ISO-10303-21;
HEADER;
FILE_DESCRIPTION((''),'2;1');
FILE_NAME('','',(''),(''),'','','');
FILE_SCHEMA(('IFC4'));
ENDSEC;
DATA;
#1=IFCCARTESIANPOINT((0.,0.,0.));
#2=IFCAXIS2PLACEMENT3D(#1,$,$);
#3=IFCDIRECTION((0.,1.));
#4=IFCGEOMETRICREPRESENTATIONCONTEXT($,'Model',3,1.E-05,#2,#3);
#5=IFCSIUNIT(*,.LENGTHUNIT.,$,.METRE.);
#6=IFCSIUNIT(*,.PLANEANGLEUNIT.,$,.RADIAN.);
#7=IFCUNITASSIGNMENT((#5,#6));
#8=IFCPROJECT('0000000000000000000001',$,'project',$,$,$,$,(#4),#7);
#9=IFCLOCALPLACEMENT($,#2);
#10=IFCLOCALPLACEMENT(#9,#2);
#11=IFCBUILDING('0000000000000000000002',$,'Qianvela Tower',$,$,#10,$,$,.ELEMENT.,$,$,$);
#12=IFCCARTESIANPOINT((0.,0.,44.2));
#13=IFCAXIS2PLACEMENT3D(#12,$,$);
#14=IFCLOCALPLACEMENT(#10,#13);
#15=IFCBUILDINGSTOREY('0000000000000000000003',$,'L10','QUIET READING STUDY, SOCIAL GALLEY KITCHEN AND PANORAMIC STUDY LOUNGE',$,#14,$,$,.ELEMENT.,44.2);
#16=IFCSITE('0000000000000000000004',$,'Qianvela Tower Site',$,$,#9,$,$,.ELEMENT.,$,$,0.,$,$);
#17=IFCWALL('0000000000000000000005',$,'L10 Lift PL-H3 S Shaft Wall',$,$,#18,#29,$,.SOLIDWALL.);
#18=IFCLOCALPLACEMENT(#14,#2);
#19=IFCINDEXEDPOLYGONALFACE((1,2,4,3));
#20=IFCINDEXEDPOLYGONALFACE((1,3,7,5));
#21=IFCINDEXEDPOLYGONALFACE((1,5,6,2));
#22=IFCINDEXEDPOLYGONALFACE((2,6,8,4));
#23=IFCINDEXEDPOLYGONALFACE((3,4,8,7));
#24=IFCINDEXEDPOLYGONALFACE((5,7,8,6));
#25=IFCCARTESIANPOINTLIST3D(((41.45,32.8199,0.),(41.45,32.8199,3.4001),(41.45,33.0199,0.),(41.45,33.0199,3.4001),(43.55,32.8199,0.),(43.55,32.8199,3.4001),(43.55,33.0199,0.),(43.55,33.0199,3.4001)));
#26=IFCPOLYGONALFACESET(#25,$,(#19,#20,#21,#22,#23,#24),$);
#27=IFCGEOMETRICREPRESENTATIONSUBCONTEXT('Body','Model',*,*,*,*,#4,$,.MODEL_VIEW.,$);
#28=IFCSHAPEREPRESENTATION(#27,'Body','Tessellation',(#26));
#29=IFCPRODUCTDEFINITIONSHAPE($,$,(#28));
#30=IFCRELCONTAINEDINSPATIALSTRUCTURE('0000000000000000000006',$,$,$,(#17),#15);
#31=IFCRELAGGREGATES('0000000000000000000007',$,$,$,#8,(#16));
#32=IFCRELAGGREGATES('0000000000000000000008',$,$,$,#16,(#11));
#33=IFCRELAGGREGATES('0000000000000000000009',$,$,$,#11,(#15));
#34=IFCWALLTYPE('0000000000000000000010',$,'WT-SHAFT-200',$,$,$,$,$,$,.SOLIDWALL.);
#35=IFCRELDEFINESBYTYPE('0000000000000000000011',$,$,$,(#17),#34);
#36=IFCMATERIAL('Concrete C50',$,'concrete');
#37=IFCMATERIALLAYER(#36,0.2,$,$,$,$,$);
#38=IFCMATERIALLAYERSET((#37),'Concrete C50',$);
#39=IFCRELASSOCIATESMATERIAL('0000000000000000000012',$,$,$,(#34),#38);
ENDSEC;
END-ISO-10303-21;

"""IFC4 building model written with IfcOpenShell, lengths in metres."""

from ifc_helpers import new_model, si_unit, direction, frame, frame_2d, origin, place, context, subcontext, project, spatial, rectangle, extrude, material, layer, layer_set, type_object, element, save


model = new_model("IFC4")

# Units and contexts
model_context = context("Model", 3, precision=1e-05, world=origin(), true_north=direction((0.0, 1.0)))
body_context = subcontext(model_context, "Body", "Model", "MODEL_VIEW")
ifc_project = project(units=[si_unit("LENGTHUNIT", "METRE"), si_unit("PLANEANGLEUNIT", "RADIAN")], contexts=[model_context])

# Site, building, storey
site_placement = place(None, origin())
site = spatial("IfcSite", under=ifc_project, at=site_placement, Name="Qianvela Tower Site", CompositionType="ELEMENT", RefElevation=0.0)
building_placement = place(site_placement, origin())
building = spatial("IfcBuilding", under=site, at=building_placement, Name="Qianvela Tower", CompositionType="ELEMENT")
storey_placement = place(building_placement, frame((0.0, 0.0, 44.2)))
storey = spatial("IfcBuildingStorey", under=building, at=storey_placement, Name="L10", Description="QUIET READING STUDY, SOCIAL GALLEY KITCHEN AND PANORAMIC STUDY LOUNGE", CompositionType="ELEMENT", Elevation=44.2)

# Wall
ifc_material_1 = material(Name="Concrete C50", Category="concrete")
ifc_layer_1 = layer(ifc_material_1, 0.2)
ifc_layer_set_1 = layer_set([ifc_layer_1], Name="Concrete C50")
wall_type_1 = type_object("IfcWallType", Name="WT-SHAFT-200", PredefinedType="SOLIDWALL", material=ifc_layer_set_1)
for number, where, z_axis, x_axis, name in (
    (1, (41.45, 32.9199, 0.0), (0.0, 0.0, 1.0), (1.0, 0.0, 0.0), "L10 Lift PL-H3 S Shaft Wall"),
):
    element("IfcWall", number, at=place(storey_placement, frame(where, z_axis=z_axis, x_axis=x_axis)), inside=storey, type_object=wall_type_1, Name=name, PredefinedType="SOLIDWALL", context=body_context, shape_type="SweptSolid", body=[
        extrude(rectangle(XDim=2.1001, YDim=0.2, at=frame_2d((1.05, 0.0))), origin(), (0.0, 0.0, 1.0), 3.4001),
    ])

save(model, "model.ifc")
